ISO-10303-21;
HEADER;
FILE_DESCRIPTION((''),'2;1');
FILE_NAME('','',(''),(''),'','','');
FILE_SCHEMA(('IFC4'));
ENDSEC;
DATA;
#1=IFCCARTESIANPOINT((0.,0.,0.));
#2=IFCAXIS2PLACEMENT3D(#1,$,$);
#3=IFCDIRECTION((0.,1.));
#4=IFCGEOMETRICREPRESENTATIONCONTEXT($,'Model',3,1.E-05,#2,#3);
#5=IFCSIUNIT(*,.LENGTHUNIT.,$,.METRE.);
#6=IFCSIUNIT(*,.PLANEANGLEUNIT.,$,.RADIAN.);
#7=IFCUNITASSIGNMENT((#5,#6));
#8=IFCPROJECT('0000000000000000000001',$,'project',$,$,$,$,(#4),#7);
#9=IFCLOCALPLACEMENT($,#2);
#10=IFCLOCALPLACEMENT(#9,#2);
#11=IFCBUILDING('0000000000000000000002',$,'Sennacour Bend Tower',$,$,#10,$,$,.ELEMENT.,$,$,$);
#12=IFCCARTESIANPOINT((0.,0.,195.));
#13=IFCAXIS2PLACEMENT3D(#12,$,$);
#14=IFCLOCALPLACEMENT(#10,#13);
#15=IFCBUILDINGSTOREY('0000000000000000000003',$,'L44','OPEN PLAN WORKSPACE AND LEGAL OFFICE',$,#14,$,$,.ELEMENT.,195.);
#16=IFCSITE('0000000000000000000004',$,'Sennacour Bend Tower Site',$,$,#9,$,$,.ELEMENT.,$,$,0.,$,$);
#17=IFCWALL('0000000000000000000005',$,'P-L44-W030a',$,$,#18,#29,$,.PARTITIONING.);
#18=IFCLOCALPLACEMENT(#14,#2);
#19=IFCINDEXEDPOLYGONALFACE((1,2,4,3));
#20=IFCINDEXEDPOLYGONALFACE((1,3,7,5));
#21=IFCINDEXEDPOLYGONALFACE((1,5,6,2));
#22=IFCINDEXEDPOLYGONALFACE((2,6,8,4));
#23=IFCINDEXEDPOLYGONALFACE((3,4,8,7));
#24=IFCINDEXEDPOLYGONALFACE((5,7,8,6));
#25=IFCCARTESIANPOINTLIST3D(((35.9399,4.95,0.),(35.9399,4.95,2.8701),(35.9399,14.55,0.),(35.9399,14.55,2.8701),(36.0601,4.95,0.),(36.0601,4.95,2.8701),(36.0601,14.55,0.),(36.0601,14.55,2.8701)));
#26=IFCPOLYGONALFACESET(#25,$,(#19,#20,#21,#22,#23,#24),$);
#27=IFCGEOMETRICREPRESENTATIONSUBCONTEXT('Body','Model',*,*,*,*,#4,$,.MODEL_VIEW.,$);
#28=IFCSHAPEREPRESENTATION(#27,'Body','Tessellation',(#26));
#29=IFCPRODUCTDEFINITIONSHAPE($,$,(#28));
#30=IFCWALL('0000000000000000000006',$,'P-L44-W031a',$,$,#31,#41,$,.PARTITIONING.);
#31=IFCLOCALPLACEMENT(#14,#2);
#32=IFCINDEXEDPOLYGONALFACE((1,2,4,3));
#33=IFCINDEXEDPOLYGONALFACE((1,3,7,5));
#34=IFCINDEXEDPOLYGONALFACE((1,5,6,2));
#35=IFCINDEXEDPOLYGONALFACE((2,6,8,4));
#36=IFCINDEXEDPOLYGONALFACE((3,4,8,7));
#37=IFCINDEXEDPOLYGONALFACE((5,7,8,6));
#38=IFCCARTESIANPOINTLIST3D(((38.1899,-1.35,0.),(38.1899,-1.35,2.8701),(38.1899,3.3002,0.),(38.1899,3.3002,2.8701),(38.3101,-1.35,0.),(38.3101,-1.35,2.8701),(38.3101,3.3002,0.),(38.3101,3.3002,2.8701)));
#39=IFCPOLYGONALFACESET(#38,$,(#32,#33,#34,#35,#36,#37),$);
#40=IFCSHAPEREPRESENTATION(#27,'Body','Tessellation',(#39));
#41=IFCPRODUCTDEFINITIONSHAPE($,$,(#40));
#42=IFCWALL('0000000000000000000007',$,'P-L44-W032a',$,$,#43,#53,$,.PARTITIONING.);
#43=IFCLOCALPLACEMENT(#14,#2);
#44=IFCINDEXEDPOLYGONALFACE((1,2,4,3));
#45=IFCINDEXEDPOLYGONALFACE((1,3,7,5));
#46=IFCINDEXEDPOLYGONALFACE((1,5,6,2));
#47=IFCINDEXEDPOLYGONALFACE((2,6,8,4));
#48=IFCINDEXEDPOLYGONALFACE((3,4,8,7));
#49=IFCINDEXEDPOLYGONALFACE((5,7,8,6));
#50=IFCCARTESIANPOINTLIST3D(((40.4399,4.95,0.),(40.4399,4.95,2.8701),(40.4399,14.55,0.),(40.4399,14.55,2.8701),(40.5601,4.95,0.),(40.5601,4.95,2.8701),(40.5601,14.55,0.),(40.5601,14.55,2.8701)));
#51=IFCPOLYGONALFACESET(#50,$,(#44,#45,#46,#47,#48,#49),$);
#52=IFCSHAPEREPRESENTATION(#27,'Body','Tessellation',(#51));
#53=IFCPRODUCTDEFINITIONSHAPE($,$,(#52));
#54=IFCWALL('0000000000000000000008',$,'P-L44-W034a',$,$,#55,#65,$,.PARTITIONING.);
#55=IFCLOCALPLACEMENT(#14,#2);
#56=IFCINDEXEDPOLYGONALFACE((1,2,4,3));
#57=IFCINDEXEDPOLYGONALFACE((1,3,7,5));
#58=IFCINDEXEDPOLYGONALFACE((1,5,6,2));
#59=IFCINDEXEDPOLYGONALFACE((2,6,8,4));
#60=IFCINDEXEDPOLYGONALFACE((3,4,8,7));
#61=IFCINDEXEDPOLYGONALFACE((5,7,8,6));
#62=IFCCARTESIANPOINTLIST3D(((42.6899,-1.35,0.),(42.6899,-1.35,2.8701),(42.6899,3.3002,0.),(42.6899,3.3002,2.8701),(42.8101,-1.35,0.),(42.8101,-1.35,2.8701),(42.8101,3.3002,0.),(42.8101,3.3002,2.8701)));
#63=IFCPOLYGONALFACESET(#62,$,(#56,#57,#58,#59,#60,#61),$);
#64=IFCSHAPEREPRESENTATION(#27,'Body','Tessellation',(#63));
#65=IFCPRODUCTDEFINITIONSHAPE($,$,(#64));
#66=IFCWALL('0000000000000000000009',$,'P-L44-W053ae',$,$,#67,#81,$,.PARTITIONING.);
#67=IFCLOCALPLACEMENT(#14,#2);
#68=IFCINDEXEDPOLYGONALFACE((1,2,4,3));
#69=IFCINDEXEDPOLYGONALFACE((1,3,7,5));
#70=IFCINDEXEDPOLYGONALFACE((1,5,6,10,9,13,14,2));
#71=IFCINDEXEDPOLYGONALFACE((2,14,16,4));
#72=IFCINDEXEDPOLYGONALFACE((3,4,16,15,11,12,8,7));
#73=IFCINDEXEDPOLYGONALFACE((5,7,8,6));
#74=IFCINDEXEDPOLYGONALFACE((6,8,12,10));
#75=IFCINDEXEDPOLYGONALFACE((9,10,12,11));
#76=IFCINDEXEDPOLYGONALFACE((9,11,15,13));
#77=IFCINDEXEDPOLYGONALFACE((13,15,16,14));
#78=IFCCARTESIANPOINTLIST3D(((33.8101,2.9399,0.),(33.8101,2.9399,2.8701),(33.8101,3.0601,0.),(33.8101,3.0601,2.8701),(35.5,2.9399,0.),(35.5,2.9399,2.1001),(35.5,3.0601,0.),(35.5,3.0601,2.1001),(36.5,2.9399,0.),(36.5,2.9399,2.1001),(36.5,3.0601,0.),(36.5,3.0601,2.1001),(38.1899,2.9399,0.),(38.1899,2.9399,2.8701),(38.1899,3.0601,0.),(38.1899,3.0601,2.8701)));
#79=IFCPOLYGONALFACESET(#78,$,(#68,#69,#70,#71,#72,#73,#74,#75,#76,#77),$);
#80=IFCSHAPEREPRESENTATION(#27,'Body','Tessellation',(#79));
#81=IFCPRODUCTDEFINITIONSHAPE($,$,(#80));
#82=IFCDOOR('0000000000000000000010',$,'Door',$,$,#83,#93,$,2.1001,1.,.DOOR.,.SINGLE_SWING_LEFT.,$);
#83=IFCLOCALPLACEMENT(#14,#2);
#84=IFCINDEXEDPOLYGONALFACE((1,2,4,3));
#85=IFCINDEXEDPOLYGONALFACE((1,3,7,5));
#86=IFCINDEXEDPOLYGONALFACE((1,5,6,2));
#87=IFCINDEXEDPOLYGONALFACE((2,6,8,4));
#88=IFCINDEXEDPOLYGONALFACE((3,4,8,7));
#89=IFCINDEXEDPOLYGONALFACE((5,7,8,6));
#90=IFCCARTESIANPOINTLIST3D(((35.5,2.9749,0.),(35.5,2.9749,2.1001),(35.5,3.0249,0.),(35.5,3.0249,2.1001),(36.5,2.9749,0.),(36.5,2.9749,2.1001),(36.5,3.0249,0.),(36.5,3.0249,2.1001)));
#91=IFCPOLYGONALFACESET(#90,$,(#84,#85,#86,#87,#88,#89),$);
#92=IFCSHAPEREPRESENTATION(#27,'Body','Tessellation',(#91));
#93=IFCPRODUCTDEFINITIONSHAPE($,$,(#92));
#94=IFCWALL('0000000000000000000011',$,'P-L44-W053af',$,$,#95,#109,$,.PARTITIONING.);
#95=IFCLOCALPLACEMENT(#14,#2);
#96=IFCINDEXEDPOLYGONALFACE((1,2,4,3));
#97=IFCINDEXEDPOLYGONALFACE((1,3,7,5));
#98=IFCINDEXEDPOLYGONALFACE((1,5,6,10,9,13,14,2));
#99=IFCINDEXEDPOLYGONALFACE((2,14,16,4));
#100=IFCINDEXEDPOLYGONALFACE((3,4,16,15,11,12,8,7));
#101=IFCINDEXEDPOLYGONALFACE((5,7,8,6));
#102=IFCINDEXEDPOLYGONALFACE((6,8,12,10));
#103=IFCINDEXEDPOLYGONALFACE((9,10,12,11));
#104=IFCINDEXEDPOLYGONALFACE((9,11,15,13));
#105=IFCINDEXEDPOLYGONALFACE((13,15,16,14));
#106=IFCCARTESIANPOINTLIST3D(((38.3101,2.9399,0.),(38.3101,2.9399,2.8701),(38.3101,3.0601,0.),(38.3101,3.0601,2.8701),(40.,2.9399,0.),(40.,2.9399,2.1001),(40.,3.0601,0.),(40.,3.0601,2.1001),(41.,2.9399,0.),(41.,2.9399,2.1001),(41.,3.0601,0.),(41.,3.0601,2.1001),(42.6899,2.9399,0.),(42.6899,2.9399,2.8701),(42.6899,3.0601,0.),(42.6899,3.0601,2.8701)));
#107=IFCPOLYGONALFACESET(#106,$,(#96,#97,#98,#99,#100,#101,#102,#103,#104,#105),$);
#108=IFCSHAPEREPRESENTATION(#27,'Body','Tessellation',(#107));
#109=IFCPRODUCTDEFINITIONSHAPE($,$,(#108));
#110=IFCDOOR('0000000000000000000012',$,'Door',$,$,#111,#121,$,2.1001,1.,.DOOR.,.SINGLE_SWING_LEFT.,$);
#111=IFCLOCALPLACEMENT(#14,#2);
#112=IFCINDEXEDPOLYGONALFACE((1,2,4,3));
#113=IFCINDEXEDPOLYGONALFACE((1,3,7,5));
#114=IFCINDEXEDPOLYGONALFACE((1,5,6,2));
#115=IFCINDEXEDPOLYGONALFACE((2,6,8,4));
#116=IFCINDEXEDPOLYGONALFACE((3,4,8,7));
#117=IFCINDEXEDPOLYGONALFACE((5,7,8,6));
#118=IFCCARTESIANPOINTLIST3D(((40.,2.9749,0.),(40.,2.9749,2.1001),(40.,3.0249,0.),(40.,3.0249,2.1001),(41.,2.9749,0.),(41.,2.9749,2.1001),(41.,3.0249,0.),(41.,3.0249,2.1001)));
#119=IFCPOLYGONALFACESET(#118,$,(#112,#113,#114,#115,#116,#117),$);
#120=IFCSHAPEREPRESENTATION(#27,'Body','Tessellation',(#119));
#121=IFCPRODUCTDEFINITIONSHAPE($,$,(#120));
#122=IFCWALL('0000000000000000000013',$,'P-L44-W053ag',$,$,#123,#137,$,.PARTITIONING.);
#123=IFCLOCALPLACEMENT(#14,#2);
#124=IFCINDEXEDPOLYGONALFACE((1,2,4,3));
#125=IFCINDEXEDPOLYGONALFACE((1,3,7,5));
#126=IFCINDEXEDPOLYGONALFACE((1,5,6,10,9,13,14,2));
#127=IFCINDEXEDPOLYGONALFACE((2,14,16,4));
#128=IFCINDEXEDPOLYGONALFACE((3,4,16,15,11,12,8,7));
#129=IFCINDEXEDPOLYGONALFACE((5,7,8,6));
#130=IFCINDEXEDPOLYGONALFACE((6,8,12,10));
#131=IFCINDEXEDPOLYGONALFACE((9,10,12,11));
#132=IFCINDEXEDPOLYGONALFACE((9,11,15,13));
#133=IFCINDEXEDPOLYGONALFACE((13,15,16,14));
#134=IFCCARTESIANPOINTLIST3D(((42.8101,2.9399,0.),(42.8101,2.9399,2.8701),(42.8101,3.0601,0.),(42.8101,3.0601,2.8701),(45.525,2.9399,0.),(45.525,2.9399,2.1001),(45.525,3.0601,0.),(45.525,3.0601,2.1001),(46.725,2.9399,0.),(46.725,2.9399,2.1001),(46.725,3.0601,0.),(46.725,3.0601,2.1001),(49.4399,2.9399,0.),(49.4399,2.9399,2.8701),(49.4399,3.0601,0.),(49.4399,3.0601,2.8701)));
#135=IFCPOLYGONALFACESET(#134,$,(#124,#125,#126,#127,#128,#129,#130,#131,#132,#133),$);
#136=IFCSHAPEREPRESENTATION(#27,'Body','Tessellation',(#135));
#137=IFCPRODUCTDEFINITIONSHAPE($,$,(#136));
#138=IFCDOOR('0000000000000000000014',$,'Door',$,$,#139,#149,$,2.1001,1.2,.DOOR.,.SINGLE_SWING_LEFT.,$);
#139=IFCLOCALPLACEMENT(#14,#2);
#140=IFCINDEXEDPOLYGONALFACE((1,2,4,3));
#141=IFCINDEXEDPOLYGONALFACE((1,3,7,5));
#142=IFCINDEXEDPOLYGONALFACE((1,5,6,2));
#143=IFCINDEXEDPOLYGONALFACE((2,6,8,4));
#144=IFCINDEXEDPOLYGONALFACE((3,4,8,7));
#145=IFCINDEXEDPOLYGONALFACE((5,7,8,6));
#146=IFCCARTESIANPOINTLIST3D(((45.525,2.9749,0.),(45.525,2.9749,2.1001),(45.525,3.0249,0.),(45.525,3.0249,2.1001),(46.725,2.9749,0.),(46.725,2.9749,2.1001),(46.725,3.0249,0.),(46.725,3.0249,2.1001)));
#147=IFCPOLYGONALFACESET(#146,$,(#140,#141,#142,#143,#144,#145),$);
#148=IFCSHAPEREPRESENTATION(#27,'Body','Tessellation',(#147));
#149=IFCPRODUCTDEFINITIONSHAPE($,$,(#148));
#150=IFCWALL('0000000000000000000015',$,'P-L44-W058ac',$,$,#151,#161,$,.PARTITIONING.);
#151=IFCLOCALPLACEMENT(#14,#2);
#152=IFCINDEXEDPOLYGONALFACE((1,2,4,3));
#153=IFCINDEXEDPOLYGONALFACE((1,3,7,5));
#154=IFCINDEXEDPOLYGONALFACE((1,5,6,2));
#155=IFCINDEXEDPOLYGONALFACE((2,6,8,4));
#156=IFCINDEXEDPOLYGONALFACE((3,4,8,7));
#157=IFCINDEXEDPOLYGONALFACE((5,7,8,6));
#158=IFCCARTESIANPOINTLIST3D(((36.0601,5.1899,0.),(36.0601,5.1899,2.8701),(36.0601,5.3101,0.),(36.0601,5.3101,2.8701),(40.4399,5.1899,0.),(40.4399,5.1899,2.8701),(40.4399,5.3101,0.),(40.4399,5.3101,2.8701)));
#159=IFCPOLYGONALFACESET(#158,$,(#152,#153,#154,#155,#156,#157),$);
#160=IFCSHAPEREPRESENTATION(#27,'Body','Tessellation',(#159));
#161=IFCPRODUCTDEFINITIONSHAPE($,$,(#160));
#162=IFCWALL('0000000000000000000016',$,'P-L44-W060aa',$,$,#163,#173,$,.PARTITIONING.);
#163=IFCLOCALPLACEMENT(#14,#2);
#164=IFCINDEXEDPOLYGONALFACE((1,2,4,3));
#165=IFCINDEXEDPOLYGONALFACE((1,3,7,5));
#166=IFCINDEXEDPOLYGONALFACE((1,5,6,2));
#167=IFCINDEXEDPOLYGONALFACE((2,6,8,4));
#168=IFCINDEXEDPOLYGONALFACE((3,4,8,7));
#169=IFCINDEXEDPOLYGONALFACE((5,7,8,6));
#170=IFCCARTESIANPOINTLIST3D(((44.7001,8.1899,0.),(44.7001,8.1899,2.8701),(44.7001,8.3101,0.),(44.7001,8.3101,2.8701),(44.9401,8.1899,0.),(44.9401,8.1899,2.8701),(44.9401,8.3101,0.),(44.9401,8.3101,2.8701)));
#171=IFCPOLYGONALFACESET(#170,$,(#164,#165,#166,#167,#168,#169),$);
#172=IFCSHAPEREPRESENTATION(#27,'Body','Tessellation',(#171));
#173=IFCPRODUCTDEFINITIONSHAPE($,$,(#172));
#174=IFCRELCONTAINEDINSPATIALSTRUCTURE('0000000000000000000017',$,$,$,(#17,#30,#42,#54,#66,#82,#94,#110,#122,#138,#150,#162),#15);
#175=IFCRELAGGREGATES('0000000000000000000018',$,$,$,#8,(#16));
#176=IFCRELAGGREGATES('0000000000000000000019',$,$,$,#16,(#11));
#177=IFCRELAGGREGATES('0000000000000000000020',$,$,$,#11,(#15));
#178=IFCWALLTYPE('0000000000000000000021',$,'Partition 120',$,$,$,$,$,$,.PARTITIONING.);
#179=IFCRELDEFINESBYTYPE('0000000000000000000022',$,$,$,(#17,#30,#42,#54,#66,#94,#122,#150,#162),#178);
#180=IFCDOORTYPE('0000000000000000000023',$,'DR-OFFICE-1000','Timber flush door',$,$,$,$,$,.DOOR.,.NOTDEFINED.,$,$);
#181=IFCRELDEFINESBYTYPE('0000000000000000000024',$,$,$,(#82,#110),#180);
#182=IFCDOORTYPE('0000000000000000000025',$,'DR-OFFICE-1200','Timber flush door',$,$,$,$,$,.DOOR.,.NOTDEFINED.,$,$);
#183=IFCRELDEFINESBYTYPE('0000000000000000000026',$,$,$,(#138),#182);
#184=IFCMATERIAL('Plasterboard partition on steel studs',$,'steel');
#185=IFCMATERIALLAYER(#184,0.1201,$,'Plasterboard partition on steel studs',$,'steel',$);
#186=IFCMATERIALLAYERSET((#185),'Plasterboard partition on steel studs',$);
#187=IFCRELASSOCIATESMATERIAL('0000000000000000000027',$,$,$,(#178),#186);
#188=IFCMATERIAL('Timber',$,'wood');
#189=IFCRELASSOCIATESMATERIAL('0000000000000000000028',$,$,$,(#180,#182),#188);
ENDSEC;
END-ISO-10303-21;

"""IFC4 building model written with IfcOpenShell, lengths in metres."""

from ifc_helpers import new_model, si_unit, direction, frame, frame_2d, origin, place, context, subcontext, project, spatial, rectangle, extrude, material, layer, layer_set, type_object, element, fill, save


model = new_model("IFC4")

# Units and contexts
model_context = context("Model", 3, precision=1e-05, world=origin(), true_north=direction((0.0, 1.0)))
body_context = subcontext(model_context, "Body", "Model", "MODEL_VIEW")
ifc_project = project(units=[si_unit("LENGTHUNIT", "METRE"), si_unit("PLANEANGLEUNIT", "RADIAN")], contexts=[model_context])

# Site, building, storey
site_placement = place(None, origin())
site = spatial("IfcSite", under=ifc_project, at=site_placement, Name="Sennacour Bend Tower Site", CompositionType="ELEMENT", RefElevation=0.0)
building_placement = place(site_placement, origin())
building = spatial("IfcBuilding", under=site, at=building_placement, Name="Sennacour Bend Tower", CompositionType="ELEMENT")
storey_placement = place(building_placement, frame((0.0, 0.0, 195.0)))
storey = spatial("IfcBuildingStorey", under=building, at=storey_placement, Name="L44", Description="OPEN PLAN WORKSPACE AND LEGAL OFFICE", CompositionType="ELEMENT", Elevation=195.0)

# Walls
ifc_material_1 = material(Name="Plasterboard partition on steel studs", Category="steel")
ifc_layer_1 = layer(ifc_material_1, 0.1201, Name="Plasterboard partition on steel studs", Category="steel")
ifc_layer_set_1 = layer_set([ifc_layer_1], Name="Plasterboard partition on steel studs")
wall_type_1 = type_object("IfcWallType", Name="Partition 120", PredefinedType="PARTITIONING", material=ifc_layer_set_1)
wall_1_placement = place(storey_placement, frame((36.0, 4.95, 0.0), z_axis=(0.0, 0.0, 1.0), x_axis=(0.0, 1.0, 0.0)))
element("IfcWall", 1, at=wall_1_placement, inside=storey, type_object=wall_type_1, Name="P-L44-W030a", PredefinedType="PARTITIONING", context=body_context, shape_type="SweptSolid", body=[
    extrude(rectangle(XDim=9.6001, YDim=0.1201, at=frame_2d((4.8, 0.0))), origin(), (0.0, 0.0, 1.0), 2.8701),
])
wall_2_placement = place(storey_placement, frame((38.25, -1.3501, 0.0), z_axis=(0.0, 0.0, 1.0), x_axis=(0.0, 1.0, 0.0)))
element("IfcWall", 2, at=wall_2_placement, inside=storey, type_object=wall_type_1, Name="P-L44-W031a", PredefinedType="PARTITIONING", context=body_context, shape_type="SweptSolid", body=[
    extrude(rectangle(XDim=4.6501, YDim=0.1201, at=frame_2d((2.3252, 0.0))), origin(), (0.0, 0.0, 1.0), 2.8701),
])
wall_3_placement = place(storey_placement, frame((40.5, 4.95, 0.0), z_axis=(0.0, 0.0, 1.0), x_axis=(0.0, 1.0, 0.0)))
element("IfcWall", 3, at=wall_3_placement, inside=storey, type_object=wall_type_1, Name="P-L44-W032a", PredefinedType="PARTITIONING", context=body_context, shape_type="SweptSolid", body=[
    extrude(rectangle(XDim=9.6001, YDim=0.1201, at=frame_2d((4.8, 0.0))), origin(), (0.0, 0.0, 1.0), 2.8701),
])
wall_4_placement = place(storey_placement, frame((42.75, -1.3501, 0.0), z_axis=(0.0, 0.0, 1.0), x_axis=(0.0, 1.0, 0.0)))
element("IfcWall", 4, at=wall_4_placement, inside=storey, type_object=wall_type_1, Name="P-L44-W034a", PredefinedType="PARTITIONING", context=body_context, shape_type="SweptSolid", body=[
    extrude(rectangle(XDim=4.6501, YDim=0.1201, at=frame_2d((2.3252, 0.0))), origin(), (0.0, 0.0, 1.0), 2.8701),
])

# Walls, openings, doors
wall_5_placement = place(storey_placement, frame((33.8101, 3.0, 0.0), z_axis=(0.0, 0.0, 1.0), x_axis=(1.0, 0.0, 0.0)))
wall_5 = element("IfcWall", 5, at=wall_5_placement, inside=storey, type_object=wall_type_1, Name="P-L44-W053ae", PredefinedType="PARTITIONING", context=body_context, shape_type="SweptSolid", body=[
    extrude(rectangle(XDim=4.3799, YDim=0.1201, at=frame_2d((2.1899, 0.0))), origin(), (0.0, 0.0, 1.0), 2.8701),
])
opening_1_placement = place(wall_5_placement, frame((1.6899, 0.0, 0.0)))
opening_1 = element("IfcOpeningElement", 6, at=opening_1_placement, cuts=wall_5, PredefinedType="OPENING", context=body_context, shape_type="SweptSolid", body=[
    extrude(rectangle(XDim=1.0, YDim=2.1001, at=frame_2d((0.5, 1.05))), frame((0.0, 0.0701, 0.0), z_axis=(0.0, -1.0, 0.0), x_axis=(1.0, 0.0, 0.0)), (0.0, 0.0, 1.0), 0.1401),
])
ifc_material_2 = material(Name="Timber", Category="wood")
door_type_1 = type_object("IfcDoorType", Name="DR-OFFICE-1000", Description="Timber flush door", OperationType="NOTDEFINED", PredefinedType="DOOR", material=ifc_material_2)
door_1_placement = place(opening_1_placement, origin())
door_1 = element("IfcDoor", 7, at=door_1_placement, inside=storey, type_object=door_type_1, Name="Door", OperationType="SINGLE_SWING_LEFT", OverallHeight=2.1001, OverallWidth=1.0, PredefinedType="DOOR", context=body_context, shape_type="SweptSolid", body=[
    extrude(rectangle(XDim=1.0, YDim=2.1001, at=frame_2d((0.5, 1.05))), frame((0.0, 0.0249, 0.0), z_axis=(0.0, -1.0, 0.0), x_axis=(1.0, 0.0, 0.0)), (0.0, 0.0, 1.0), 0.05),
])
fill(opening_1, door_1)
wall_6_placement = place(storey_placement, frame((38.3101, 3.0, 0.0), z_axis=(0.0, 0.0, 1.0), x_axis=(1.0, 0.0, 0.0)))
wall_6 = element("IfcWall", 8, at=wall_6_placement, inside=storey, type_object=wall_type_1, Name="P-L44-W053af", PredefinedType="PARTITIONING", context=body_context, shape_type="SweptSolid", body=[
    extrude(rectangle(XDim=4.3799, YDim=0.1201, at=frame_2d((2.1899, 0.0))), origin(), (0.0, 0.0, 1.0), 2.8701),
])
opening_2_placement = place(wall_6_placement, frame((1.6899, 0.0, 0.0)))
opening_2 = element("IfcOpeningElement", 9, at=opening_2_placement, cuts=wall_6, PredefinedType="OPENING", context=body_context, shape_type="SweptSolid", body=[
    extrude(rectangle(XDim=1.0, YDim=2.1001, at=frame_2d((0.5, 1.05))), frame((0.0, 0.0701, 0.0), z_axis=(0.0, -1.0, 0.0), x_axis=(1.0, 0.0, 0.0)), (0.0, 0.0, 1.0), 0.1401),
])
door_2_placement = place(opening_2_placement, origin())
door_2 = element("IfcDoor", 10, at=door_2_placement, inside=storey, type_object=door_type_1, Name="Door", OperationType="SINGLE_SWING_LEFT", OverallHeight=2.1001, OverallWidth=1.0, PredefinedType="DOOR", context=body_context, shape_type="SweptSolid", body=[
    extrude(rectangle(XDim=1.0, YDim=2.1001, at=frame_2d((0.5, 1.05))), frame((0.0, 0.0249, 0.0), z_axis=(0.0, -1.0, 0.0), x_axis=(1.0, 0.0, 0.0)), (0.0, 0.0, 1.0), 0.05),
])
fill(opening_2, door_2)
wall_7_placement = place(storey_placement, frame((42.8101, 3.0, 0.0), z_axis=(0.0, 0.0, 1.0), x_axis=(1.0, 0.0, 0.0)))
wall_7 = element("IfcWall", 11, at=wall_7_placement, inside=storey, type_object=wall_type_1, Name="P-L44-W053ag", PredefinedType="PARTITIONING", context=body_context, shape_type="SweptSolid", body=[
    extrude(rectangle(XDim=6.6299, YDim=0.1201, at=frame_2d((3.3149, 0.0))), origin(), (0.0, 0.0, 1.0), 2.8701),
])
opening_3_placement = place(wall_7_placement, frame((2.7148, 0.0, 0.0)))
opening_3 = element("IfcOpeningElement", 12, at=opening_3_placement, cuts=wall_7, PredefinedType="OPENING", context=body_context, shape_type="SweptSolid", body=[
    extrude(rectangle(XDim=1.2, YDim=2.1001, at=frame_2d((0.6001, 1.05))), frame((0.0, 0.0701, 0.0), z_axis=(0.0, -1.0, 0.0), x_axis=(1.0, 0.0, 0.0)), (0.0, 0.0, 1.0), 0.1401),
])
door_type_2 = type_object("IfcDoorType", Name="DR-OFFICE-1200", Description="Timber flush door", OperationType="NOTDEFINED", PredefinedType="DOOR", material=ifc_material_2)
door_3_placement = place(opening_3_placement, origin())
door_3 = element("IfcDoor", 13, at=door_3_placement, inside=storey, type_object=door_type_2, Name="Door", OperationType="SINGLE_SWING_LEFT", OverallHeight=2.1001, OverallWidth=1.2, PredefinedType="DOOR", context=body_context, shape_type="SweptSolid", body=[
    extrude(rectangle(XDim=1.2, YDim=2.1001, at=frame_2d((0.6001, 1.05))), frame((0.0, 0.0249, 0.0), z_axis=(0.0, -1.0, 0.0), x_axis=(1.0, 0.0, 0.0)), (0.0, 0.0, 1.0), 0.05),
])
fill(opening_3, door_3)

# Walls
wall_8_placement = place(storey_placement, frame((36.0601, 5.25, 0.0), z_axis=(0.0, 0.0, 1.0), x_axis=(1.0, 0.0, 0.0)))
element("IfcWall", 14, at=wall_8_placement, inside=storey, type_object=wall_type_1, Name="P-L44-W058ac", PredefinedType="PARTITIONING", context=body_context, shape_type="SweptSolid", body=[
    extrude(rectangle(XDim=4.3799, YDim=0.1201, at=frame_2d((2.1899, 0.0))), origin(), (0.0, 0.0, 1.0), 2.8701),
])
wall_9_placement = place(storey_placement, frame((44.7, 8.25, 0.0), z_axis=(0.0, 0.0, 1.0), x_axis=(1.0, 0.0, 0.0)))
element("IfcWall", 15, at=wall_9_placement, inside=storey, type_object=wall_type_1, Name="P-L44-W060aa", PredefinedType="PARTITIONING", context=body_context, shape_type="SweptSolid", body=[
    extrude(rectangle(XDim=0.24, YDim=0.1201, at=frame_2d((0.1201, 0.0))), origin(), (0.0, 0.0, 1.0), 2.8701),
])

save(model, "model.ifc")
